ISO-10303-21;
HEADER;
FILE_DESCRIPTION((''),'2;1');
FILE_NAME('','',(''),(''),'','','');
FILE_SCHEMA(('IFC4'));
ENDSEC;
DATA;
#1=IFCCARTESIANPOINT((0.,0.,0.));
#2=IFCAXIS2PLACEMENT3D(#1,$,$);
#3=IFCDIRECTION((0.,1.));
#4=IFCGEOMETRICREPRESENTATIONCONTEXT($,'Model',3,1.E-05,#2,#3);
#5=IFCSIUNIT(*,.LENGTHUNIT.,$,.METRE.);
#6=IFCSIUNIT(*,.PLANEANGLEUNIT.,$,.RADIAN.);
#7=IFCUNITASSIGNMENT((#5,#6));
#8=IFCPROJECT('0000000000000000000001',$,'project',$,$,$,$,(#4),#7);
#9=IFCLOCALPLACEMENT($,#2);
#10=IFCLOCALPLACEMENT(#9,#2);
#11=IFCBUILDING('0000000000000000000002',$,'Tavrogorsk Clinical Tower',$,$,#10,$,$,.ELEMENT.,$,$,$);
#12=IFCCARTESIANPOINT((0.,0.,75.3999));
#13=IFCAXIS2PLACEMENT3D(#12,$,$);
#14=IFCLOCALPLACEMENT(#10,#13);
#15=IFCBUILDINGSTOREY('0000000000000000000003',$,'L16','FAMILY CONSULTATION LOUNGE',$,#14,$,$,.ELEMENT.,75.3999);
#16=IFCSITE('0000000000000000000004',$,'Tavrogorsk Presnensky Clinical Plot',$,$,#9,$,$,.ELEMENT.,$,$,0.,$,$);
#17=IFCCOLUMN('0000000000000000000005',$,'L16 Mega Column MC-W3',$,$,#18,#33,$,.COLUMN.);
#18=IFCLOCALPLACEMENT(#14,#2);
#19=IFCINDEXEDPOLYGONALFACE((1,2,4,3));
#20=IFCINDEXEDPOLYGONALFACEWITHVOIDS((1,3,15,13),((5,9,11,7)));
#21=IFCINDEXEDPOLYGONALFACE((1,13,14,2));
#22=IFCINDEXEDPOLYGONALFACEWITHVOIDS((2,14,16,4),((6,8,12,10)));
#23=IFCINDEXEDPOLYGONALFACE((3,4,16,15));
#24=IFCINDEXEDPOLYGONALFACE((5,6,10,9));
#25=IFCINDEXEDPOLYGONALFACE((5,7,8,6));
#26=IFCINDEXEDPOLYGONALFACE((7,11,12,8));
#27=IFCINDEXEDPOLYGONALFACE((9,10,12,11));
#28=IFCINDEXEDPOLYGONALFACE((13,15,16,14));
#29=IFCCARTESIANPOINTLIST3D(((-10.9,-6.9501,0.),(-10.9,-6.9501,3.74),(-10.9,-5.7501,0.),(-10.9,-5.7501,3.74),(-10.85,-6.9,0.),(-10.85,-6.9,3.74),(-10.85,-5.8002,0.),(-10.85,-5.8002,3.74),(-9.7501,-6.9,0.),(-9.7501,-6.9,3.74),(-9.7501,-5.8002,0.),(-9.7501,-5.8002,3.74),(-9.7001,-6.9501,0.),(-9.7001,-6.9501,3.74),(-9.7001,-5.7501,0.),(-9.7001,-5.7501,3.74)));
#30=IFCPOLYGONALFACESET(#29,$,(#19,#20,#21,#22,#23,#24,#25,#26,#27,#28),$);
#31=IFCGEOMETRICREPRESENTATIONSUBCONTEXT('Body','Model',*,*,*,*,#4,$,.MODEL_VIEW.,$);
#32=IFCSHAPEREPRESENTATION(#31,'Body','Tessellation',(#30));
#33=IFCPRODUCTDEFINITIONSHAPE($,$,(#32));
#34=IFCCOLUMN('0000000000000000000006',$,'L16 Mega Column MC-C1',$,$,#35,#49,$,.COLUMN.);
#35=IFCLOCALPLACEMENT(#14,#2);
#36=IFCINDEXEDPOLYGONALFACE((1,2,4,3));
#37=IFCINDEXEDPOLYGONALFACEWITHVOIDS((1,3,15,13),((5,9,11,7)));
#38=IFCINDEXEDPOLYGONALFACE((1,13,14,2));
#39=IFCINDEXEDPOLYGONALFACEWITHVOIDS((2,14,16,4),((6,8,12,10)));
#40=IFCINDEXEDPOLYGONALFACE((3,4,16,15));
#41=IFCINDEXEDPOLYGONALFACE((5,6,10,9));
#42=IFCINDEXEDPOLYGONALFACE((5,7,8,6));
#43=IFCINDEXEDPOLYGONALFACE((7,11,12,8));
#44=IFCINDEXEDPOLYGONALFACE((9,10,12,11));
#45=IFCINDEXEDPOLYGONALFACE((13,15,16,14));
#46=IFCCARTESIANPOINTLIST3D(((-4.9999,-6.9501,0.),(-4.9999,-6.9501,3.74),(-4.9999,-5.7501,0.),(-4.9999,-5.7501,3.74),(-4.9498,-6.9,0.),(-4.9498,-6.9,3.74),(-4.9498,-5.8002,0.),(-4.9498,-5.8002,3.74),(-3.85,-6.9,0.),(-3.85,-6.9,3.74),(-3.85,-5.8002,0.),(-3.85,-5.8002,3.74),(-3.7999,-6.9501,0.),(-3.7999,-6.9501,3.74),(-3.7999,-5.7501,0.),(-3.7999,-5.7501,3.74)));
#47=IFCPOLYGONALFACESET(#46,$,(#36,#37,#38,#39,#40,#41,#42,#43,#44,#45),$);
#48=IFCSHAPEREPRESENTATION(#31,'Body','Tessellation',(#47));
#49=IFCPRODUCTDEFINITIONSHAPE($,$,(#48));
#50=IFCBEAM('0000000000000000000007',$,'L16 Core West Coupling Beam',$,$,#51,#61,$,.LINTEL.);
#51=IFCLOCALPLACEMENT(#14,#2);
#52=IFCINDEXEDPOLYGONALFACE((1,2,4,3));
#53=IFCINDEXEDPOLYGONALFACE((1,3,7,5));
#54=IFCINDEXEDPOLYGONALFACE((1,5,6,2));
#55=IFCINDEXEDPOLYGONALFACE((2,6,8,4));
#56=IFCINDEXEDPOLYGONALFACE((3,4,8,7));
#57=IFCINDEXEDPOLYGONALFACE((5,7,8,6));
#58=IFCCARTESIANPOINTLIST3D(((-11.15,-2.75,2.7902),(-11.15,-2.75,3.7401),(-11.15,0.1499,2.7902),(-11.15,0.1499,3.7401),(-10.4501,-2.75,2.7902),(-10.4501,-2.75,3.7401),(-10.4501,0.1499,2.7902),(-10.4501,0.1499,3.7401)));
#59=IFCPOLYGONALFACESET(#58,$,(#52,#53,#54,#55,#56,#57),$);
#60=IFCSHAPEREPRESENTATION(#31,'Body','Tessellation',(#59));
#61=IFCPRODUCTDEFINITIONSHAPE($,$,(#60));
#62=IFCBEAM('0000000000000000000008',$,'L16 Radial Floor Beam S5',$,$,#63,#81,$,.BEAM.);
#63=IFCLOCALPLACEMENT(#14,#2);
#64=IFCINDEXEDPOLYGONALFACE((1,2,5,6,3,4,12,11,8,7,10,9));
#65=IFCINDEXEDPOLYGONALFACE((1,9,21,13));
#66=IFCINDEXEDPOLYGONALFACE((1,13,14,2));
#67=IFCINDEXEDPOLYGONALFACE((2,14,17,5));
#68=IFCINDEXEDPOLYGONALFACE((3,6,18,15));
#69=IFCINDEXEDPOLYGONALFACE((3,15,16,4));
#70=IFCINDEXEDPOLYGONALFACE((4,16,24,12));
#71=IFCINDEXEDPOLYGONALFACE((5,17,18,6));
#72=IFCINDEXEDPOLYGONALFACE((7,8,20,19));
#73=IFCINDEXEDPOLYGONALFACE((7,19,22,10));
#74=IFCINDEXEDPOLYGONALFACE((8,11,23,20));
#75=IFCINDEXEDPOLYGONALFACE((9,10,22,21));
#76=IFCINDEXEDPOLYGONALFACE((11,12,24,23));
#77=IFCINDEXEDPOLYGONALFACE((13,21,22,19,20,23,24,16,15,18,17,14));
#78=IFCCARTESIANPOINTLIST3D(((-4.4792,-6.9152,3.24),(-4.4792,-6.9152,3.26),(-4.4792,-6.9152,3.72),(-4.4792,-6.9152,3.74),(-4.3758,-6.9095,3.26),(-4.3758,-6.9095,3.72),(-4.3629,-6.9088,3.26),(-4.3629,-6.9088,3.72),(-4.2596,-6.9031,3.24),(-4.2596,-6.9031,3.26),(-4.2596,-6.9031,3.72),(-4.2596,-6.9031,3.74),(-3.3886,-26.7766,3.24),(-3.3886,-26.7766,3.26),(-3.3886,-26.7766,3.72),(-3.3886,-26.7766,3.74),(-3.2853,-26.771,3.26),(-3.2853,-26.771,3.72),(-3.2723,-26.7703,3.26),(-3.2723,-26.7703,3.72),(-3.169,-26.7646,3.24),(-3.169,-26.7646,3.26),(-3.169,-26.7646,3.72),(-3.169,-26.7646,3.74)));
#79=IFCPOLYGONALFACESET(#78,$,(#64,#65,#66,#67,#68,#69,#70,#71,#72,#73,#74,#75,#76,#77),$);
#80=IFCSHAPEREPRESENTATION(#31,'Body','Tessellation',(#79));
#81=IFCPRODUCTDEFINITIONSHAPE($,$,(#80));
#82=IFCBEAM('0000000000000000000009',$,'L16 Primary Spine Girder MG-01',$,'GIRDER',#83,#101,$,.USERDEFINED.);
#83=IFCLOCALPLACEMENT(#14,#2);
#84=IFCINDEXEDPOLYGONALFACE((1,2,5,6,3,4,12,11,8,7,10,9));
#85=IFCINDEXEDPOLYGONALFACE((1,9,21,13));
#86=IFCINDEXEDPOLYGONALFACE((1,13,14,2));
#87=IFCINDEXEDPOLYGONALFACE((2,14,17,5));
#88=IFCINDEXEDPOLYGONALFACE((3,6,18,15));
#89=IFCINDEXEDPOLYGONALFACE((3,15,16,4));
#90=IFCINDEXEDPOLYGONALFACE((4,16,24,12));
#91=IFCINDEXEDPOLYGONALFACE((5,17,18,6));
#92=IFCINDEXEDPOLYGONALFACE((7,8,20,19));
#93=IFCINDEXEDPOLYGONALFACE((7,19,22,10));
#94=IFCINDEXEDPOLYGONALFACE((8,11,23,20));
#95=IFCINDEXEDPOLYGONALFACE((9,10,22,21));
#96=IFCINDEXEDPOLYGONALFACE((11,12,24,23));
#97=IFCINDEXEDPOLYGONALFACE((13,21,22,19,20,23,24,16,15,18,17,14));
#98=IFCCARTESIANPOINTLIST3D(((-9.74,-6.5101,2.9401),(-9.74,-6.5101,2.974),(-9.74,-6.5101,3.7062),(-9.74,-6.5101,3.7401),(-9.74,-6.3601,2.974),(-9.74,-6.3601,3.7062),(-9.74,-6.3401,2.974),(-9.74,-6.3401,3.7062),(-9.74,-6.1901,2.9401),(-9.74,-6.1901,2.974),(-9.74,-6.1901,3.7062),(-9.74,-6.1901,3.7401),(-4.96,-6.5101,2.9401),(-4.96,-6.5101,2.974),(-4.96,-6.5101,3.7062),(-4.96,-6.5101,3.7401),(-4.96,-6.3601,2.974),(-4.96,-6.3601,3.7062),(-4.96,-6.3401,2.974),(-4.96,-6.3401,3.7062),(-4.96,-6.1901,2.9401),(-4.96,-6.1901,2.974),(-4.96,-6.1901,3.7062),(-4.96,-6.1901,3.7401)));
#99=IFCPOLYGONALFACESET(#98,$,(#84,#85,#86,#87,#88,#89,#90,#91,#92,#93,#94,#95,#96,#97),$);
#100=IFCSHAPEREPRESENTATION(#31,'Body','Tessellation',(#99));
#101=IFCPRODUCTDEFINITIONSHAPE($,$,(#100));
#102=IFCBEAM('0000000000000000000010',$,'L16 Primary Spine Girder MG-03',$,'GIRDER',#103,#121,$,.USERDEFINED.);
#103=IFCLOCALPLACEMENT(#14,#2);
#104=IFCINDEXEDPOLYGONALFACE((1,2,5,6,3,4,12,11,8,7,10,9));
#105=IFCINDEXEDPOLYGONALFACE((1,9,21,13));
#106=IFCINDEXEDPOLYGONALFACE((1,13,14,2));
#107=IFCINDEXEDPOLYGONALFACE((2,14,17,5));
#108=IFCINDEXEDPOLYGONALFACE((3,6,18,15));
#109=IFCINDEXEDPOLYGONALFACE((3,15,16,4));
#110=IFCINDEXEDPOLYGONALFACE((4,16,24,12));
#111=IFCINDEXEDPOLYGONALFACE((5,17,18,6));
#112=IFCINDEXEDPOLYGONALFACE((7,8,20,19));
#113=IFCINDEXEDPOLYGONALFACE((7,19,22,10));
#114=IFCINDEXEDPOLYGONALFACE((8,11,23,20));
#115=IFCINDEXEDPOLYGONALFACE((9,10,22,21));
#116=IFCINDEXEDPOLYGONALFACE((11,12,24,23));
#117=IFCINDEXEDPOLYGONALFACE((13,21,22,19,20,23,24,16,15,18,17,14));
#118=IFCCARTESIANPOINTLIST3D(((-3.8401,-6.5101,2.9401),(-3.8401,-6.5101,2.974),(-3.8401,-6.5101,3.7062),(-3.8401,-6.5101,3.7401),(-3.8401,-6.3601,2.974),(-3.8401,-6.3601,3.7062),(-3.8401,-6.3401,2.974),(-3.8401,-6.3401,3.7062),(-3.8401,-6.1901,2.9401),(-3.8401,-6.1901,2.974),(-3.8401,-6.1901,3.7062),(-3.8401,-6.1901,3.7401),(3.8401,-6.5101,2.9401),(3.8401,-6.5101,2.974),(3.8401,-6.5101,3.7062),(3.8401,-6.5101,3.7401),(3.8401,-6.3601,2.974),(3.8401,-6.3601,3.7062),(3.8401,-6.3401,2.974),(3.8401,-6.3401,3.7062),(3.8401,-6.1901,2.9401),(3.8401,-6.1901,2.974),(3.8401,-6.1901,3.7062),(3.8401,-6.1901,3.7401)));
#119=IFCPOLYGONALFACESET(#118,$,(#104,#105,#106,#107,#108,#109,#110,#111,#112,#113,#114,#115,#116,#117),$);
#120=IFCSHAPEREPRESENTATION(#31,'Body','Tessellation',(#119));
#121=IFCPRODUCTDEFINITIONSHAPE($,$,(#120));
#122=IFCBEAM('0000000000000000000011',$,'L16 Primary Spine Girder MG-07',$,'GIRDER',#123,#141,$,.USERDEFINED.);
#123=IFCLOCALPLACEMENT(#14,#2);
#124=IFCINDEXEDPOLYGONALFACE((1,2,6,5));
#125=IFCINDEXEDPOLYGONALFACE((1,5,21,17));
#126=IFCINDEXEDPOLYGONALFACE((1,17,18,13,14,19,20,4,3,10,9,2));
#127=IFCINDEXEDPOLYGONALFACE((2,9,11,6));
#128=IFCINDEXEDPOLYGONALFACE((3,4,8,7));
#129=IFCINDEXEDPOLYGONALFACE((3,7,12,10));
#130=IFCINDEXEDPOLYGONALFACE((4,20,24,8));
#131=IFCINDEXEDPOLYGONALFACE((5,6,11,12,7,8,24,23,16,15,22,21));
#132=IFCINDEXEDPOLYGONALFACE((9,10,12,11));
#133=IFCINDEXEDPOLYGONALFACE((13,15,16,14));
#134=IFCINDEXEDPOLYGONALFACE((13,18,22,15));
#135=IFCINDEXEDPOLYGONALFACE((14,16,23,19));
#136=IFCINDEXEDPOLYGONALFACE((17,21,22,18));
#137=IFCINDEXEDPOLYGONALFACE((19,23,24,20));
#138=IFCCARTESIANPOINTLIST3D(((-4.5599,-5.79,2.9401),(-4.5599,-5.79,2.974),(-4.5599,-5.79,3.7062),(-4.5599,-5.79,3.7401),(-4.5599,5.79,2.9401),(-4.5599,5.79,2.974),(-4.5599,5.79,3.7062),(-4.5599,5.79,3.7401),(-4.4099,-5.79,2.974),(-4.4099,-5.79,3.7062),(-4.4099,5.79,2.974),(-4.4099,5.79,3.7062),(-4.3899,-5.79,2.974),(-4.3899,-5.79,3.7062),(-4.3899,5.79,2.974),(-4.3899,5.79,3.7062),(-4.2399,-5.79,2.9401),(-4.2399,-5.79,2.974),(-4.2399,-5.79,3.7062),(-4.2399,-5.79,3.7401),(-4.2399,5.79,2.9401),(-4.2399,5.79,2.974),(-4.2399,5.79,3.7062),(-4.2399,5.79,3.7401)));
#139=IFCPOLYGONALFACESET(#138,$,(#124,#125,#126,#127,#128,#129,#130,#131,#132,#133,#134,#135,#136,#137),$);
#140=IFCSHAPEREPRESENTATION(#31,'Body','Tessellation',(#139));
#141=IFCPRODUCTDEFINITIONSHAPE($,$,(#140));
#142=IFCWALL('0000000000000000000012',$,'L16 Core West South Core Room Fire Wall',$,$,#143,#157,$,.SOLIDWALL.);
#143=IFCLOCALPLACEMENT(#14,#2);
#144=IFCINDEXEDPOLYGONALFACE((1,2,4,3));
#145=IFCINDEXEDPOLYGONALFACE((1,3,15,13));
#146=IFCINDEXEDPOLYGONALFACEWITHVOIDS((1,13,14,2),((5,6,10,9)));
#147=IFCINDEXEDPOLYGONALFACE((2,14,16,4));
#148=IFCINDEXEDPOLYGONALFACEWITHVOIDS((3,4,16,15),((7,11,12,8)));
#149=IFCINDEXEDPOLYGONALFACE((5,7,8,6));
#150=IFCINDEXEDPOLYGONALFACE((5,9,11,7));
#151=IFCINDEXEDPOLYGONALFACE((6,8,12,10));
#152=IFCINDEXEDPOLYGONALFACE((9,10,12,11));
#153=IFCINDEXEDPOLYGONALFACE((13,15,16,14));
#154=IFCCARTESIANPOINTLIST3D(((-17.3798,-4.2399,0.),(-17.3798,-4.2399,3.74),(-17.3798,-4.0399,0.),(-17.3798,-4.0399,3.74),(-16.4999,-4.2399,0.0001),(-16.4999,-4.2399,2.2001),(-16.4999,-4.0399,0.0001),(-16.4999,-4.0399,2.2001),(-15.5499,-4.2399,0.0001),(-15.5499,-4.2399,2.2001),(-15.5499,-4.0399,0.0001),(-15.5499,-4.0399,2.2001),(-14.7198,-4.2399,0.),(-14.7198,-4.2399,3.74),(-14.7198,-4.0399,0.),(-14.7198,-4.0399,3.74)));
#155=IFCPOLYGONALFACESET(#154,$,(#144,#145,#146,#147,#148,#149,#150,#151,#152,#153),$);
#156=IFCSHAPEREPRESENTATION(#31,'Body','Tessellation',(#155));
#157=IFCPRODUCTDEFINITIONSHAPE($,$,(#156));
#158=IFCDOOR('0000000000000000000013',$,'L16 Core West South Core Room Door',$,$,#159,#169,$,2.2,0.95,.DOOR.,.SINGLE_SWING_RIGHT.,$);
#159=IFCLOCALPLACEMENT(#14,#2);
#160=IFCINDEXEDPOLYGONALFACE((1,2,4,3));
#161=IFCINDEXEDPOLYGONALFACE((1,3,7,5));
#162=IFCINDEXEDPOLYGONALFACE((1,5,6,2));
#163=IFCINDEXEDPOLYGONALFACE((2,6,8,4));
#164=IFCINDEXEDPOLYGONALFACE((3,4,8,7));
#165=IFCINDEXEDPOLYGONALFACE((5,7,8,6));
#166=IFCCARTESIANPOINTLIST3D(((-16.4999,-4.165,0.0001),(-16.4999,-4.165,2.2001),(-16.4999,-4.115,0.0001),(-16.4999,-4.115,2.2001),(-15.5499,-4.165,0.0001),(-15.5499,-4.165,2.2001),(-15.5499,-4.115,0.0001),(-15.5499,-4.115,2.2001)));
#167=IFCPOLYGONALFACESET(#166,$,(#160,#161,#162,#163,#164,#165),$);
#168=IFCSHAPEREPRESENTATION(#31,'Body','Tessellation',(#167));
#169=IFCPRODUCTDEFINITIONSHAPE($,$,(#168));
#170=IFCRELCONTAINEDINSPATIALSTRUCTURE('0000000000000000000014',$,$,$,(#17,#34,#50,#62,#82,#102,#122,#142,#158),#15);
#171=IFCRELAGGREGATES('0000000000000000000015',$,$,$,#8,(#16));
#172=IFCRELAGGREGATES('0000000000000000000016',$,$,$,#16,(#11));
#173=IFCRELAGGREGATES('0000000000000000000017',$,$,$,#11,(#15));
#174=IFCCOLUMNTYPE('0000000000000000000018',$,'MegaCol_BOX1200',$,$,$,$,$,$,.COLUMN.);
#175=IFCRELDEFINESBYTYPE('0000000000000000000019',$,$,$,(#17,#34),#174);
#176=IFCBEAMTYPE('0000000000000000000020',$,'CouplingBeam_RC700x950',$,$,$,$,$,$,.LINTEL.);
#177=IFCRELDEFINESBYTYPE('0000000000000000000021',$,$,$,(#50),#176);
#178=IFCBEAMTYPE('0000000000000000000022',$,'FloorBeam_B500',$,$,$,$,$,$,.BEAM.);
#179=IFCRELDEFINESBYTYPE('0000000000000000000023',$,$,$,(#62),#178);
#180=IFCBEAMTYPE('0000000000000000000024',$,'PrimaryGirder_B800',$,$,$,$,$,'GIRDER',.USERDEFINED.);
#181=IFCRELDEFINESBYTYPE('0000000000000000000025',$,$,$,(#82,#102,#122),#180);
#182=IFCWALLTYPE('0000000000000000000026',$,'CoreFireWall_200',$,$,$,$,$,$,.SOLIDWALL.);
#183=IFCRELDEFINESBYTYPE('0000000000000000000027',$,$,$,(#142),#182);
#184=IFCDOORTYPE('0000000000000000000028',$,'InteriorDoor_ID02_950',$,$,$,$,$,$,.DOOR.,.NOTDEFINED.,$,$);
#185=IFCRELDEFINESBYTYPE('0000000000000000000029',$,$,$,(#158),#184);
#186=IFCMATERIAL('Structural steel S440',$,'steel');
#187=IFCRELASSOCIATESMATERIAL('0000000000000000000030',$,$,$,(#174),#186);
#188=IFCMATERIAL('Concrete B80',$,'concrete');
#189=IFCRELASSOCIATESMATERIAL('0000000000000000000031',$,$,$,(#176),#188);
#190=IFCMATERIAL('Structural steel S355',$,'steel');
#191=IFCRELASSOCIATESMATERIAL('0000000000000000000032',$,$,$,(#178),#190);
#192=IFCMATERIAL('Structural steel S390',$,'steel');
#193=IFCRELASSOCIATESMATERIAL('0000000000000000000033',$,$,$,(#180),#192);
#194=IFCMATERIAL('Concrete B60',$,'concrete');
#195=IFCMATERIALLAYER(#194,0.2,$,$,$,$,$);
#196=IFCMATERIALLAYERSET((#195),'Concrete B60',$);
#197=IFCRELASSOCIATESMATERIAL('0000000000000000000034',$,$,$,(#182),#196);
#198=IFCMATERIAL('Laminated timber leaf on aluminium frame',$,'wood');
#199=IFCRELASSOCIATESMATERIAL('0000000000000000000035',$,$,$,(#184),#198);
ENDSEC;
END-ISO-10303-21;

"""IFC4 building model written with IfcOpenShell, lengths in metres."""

from ifc_helpers import new_model, si_unit, direction, frame, frame_2d, origin, origin_2d, place, context, subcontext, project, spatial, rectangle, hollow_rectangle, i_section, extrude, material, layer, layer_set, material_profile, profile_set, type_object, element, fill, save


model = new_model("IFC4")

# Units and contexts
model_context = context("Model", 3, precision=1e-05, world=origin(), true_north=direction((0.0, 1.0)))
body_context = subcontext(model_context, "Body", "Model", "MODEL_VIEW")
ifc_project = project(units=[si_unit("LENGTHUNIT", "METRE"), si_unit("PLANEANGLEUNIT", "RADIAN")], contexts=[model_context])

# Site, building, storey
site_placement = place(None, origin())
site = spatial("IfcSite", under=ifc_project, at=site_placement, Name="Tavrogorsk Presnensky Clinical Plot", CompositionType="ELEMENT", RefElevation=0.0)
building_placement = place(site_placement, origin())
building = spatial("IfcBuilding", under=site, at=building_placement, Name="Tavrogorsk Clinical Tower", CompositionType="ELEMENT")
storey_placement = place(building_placement, frame((0.0, 0.0, 75.3999)))
storey = spatial("IfcBuildingStorey", under=building, at=storey_placement, Name="L16", Description="FAMILY CONSULTATION LOUNGE", CompositionType="ELEMENT", Elevation=75.3999)

# Columns
ifc_material_1 = material(Name="Structural steel S440", Category="steel")
ifc_material_profile_1 = material_profile(ifc_material_1, hollow_rectangle(XDim=1.2, YDim=1.2, WallThickness=0.05, at=origin_2d()), Name="BOX-1200x1200x50")
ifc_profile_set_1 = profile_set([ifc_material_profile_1], Name="Structural steel S440")
column_type = type_object("IfcColumnType", Name="MegaCol_BOX1200", PredefinedType="COLUMN", material=ifc_profile_set_1)
for number, where, z_axis, x_axis, name in (
    (1, (-10.3, -6.3501, 0.0), (0.0, 0.0, 1.0), (1.0, 0.0, 0.0), "L16 Mega Column MC-W3"),
    (2, (-4.3999, -6.3501, 0.0), (0.0, 0.0, 1.0), (1.0, 0.0, 0.0), "L16 Mega Column MC-C1"),
):
    element("IfcColumn", number, at=place(storey_placement, frame(where, z_axis=z_axis, x_axis=x_axis)), inside=storey, type_object=column_type, Name=name, PredefinedType="COLUMN", context=body_context, shape_type="SweptSolid", body=[
        extrude(hollow_rectangle(XDim=1.2, YDim=1.2, WallThickness=0.05, at=origin_2d()), origin(), (0.0, 0.0, 1.0), 3.74),
    ])

# Beams
ifc_material_2 = material(Name="Concrete B80", Category="concrete")
ifc_material_profile_2 = material_profile(ifc_material_2, rectangle(XDim=0.7, YDim=0.95, at=origin_2d()), Name="RC-CB-700x950")
ifc_profile_set_2 = profile_set([ifc_material_profile_2], Name="Concrete B80")
beam_type_1 = type_object("IfcBeamType", Name="CouplingBeam_RC700x950", PredefinedType="LINTEL", material=ifc_profile_set_2)
beam_1_placement = place(storey_placement, frame((-10.8, -2.75, 3.2651), z_axis=(0.0, 1.0, 0.0), x_axis=(-1.0, 0.0, 0.0)))
element("IfcBeam", 3, at=beam_1_placement, inside=storey, type_object=beam_type_1, Name="L16 Core West Coupling Beam", PredefinedType="LINTEL", context=body_context, shape_type="SweptSolid", body=[
    extrude(rectangle(XDim=0.7, YDim=0.95, at=origin_2d()), origin(), (0.0, 0.0, 1.0), 2.8999),
])
ifc_material_3 = material(Name="Structural steel S355", Category="steel")
ifc_material_profile_3 = material_profile(ifc_material_3, i_section(OverallWidth=0.22, OverallDepth=0.5, WebThickness=0.0129, FlangeThickness=0.02, at=origin_2d()), Name="B-500x220x13x20")
ifc_profile_set_3 = profile_set([ifc_material_profile_3], Name="Structural steel S355")
beam_type_2 = type_object("IfcBeamType", Name="FloorBeam_B500", PredefinedType="BEAM", material=ifc_profile_set_3)
beam_2_placement = place(storey_placement, frame((-4.3694, -6.9092, 3.49), z_axis=(0.054827, -0.998496, 0.0), x_axis=(0.998496, 0.054827, 0.0)))
element("IfcBeam", 4, at=beam_2_placement, inside=storey, type_object=beam_type_2, Name="L16 Radial Floor Beam S5", PredefinedType="BEAM", context=body_context, shape_type="SweptSolid", body=[
    extrude(i_section(OverallWidth=0.22, OverallDepth=0.5, WebThickness=0.0129, FlangeThickness=0.02, at=origin_2d()), origin(), (0.0, 0.0, 1.0), 19.8914),
])
ifc_material_4 = material(Name="Structural steel S390", Category="steel")
ifc_material_profile_4 = material_profile(ifc_material_4, i_section(OverallWidth=0.3201, OverallDepth=0.8, WebThickness=0.02, FlangeThickness=0.0339, at=origin_2d()), Name="B-800x320x20x34")
ifc_profile_set_4 = profile_set([ifc_material_profile_4], Name="Structural steel S390")
beam_type_3 = type_object("IfcBeamType", Name="PrimaryGirder_B800", ElementType="GIRDER", PredefinedType="USERDEFINED", material=ifc_profile_set_4)
beam_3_placement = place(storey_placement, frame((-9.74, -6.3501, 3.3401), z_axis=(1.0, 0.0, 0.0), x_axis=(0.0, 1.0, 0.0)))
element("IfcBeam", 5, at=beam_3_placement, inside=storey, type_object=beam_type_3, Name="L16 Primary Spine Girder MG-01", ObjectType="GIRDER", PredefinedType="USERDEFINED", context=body_context, shape_type="SweptSolid", body=[
    extrude(i_section(OverallWidth=0.3201, OverallDepth=0.8, WebThickness=0.02, FlangeThickness=0.0339, at=origin_2d()), origin(), (0.0, 0.0, 1.0), 4.78),
])
beam_4_placement = place(storey_placement, frame((-3.8401, -6.3501, 3.3401), z_axis=(1.0, 0.0, 0.0), x_axis=(0.0, 1.0, 0.0)))
element("IfcBeam", 6, at=beam_4_placement, inside=storey, type_object=beam_type_3, Name="L16 Primary Spine Girder MG-03", ObjectType="GIRDER", PredefinedType="USERDEFINED", context=body_context, shape_type="SweptSolid", body=[
    extrude(i_section(OverallWidth=0.3201, OverallDepth=0.8, WebThickness=0.02, FlangeThickness=0.0339, at=origin_2d()), origin(), (0.0, 0.0, 1.0), 7.6802),
])
beam_5_placement = place(storey_placement, frame((-4.3999, -5.79, 3.3401), z_axis=(0.0, 1.0, 0.0), x_axis=(-1.0, 0.0, 0.0)))
element("IfcBeam", 7, at=beam_5_placement, inside=storey, type_object=beam_type_3, Name="L16 Primary Spine Girder MG-07", ObjectType="GIRDER", PredefinedType="USERDEFINED", context=body_context, shape_type="SweptSolid", body=[
    extrude(i_section(OverallWidth=0.3201, OverallDepth=0.8, WebThickness=0.02, FlangeThickness=0.0339, at=origin_2d()), origin(), (0.0, 0.0, 1.0), 11.5801),
])

# Wall, opening, door
ifc_material_5 = material(Name="Concrete B60", Category="concrete")
ifc_layer_1 = layer(ifc_material_5, 0.2)
ifc_layer_set_1 = layer_set([ifc_layer_1], Name="Concrete B60")
wall_type_1 = type_object("IfcWallType", Name="CoreFireWall_200", PredefinedType="SOLIDWALL", material=ifc_layer_set_1)
wall_1_placement = place(storey_placement, frame((-17.3799, -4.1399, 0.0), z_axis=(0.0, 0.0, 1.0), x_axis=(1.0, 0.0, 0.0)))
wall_1 = element("IfcWall", 8, at=wall_1_placement, inside=storey, type_object=wall_type_1, Name="L16 Core West South Core Room Fire Wall", PredefinedType="SOLIDWALL", context=body_context, shape_type="SweptSolid", body=[
    extrude(rectangle(XDim=2.6599, YDim=0.2, at=frame_2d((1.3301, 0.0))), origin(), (0.0, 0.0, 1.0), 3.74),
])
opening_1_placement = place(wall_1_placement, frame((0.8799, 0.0, 0.0)))
opening_1 = element("IfcOpeningElement", 9, at=opening_1_placement, cuts=wall_1, PredefinedType="OPENING", context=body_context, shape_type="SweptSolid", body=[
    extrude(rectangle(XDim=0.95, YDim=2.2, at=frame_2d((0.4751, 1.1001))), frame((0.0, 0.1099, 0.0), z_axis=(0.0, -1.0, 0.0), x_axis=(1.0, 0.0, 0.0)), (0.0, 0.0, 1.0), 0.22),
])
ifc_material_6 = material(Name="Laminated timber leaf on aluminium frame", Category="wood")
door_type_1 = type_object("IfcDoorType", Name="InteriorDoor_ID02_950", OperationType="NOTDEFINED", PredefinedType="DOOR", material=ifc_material_6)
door_1_placement = place(opening_1_placement, origin())
door_1 = element("IfcDoor", 10, at=door_1_placement, inside=storey, type_object=door_type_1, Name="L16 Core West South Core Room Door", OperationType="SINGLE_SWING_RIGHT", OverallHeight=2.2, OverallWidth=0.95, PredefinedType="DOOR", context=body_context, shape_type="SweptSolid", body=[
    extrude(rectangle(XDim=0.95, YDim=2.2, at=frame_2d((0.4751, 1.1001))), frame((0.0, 0.0249, 0.0), z_axis=(0.0, -1.0, 0.0), x_axis=(1.0, 0.0, 0.0)), (0.0, 0.0, 1.0), 0.05),
])
fill(opening_1, door_1)

save(model, "model.ifc")
